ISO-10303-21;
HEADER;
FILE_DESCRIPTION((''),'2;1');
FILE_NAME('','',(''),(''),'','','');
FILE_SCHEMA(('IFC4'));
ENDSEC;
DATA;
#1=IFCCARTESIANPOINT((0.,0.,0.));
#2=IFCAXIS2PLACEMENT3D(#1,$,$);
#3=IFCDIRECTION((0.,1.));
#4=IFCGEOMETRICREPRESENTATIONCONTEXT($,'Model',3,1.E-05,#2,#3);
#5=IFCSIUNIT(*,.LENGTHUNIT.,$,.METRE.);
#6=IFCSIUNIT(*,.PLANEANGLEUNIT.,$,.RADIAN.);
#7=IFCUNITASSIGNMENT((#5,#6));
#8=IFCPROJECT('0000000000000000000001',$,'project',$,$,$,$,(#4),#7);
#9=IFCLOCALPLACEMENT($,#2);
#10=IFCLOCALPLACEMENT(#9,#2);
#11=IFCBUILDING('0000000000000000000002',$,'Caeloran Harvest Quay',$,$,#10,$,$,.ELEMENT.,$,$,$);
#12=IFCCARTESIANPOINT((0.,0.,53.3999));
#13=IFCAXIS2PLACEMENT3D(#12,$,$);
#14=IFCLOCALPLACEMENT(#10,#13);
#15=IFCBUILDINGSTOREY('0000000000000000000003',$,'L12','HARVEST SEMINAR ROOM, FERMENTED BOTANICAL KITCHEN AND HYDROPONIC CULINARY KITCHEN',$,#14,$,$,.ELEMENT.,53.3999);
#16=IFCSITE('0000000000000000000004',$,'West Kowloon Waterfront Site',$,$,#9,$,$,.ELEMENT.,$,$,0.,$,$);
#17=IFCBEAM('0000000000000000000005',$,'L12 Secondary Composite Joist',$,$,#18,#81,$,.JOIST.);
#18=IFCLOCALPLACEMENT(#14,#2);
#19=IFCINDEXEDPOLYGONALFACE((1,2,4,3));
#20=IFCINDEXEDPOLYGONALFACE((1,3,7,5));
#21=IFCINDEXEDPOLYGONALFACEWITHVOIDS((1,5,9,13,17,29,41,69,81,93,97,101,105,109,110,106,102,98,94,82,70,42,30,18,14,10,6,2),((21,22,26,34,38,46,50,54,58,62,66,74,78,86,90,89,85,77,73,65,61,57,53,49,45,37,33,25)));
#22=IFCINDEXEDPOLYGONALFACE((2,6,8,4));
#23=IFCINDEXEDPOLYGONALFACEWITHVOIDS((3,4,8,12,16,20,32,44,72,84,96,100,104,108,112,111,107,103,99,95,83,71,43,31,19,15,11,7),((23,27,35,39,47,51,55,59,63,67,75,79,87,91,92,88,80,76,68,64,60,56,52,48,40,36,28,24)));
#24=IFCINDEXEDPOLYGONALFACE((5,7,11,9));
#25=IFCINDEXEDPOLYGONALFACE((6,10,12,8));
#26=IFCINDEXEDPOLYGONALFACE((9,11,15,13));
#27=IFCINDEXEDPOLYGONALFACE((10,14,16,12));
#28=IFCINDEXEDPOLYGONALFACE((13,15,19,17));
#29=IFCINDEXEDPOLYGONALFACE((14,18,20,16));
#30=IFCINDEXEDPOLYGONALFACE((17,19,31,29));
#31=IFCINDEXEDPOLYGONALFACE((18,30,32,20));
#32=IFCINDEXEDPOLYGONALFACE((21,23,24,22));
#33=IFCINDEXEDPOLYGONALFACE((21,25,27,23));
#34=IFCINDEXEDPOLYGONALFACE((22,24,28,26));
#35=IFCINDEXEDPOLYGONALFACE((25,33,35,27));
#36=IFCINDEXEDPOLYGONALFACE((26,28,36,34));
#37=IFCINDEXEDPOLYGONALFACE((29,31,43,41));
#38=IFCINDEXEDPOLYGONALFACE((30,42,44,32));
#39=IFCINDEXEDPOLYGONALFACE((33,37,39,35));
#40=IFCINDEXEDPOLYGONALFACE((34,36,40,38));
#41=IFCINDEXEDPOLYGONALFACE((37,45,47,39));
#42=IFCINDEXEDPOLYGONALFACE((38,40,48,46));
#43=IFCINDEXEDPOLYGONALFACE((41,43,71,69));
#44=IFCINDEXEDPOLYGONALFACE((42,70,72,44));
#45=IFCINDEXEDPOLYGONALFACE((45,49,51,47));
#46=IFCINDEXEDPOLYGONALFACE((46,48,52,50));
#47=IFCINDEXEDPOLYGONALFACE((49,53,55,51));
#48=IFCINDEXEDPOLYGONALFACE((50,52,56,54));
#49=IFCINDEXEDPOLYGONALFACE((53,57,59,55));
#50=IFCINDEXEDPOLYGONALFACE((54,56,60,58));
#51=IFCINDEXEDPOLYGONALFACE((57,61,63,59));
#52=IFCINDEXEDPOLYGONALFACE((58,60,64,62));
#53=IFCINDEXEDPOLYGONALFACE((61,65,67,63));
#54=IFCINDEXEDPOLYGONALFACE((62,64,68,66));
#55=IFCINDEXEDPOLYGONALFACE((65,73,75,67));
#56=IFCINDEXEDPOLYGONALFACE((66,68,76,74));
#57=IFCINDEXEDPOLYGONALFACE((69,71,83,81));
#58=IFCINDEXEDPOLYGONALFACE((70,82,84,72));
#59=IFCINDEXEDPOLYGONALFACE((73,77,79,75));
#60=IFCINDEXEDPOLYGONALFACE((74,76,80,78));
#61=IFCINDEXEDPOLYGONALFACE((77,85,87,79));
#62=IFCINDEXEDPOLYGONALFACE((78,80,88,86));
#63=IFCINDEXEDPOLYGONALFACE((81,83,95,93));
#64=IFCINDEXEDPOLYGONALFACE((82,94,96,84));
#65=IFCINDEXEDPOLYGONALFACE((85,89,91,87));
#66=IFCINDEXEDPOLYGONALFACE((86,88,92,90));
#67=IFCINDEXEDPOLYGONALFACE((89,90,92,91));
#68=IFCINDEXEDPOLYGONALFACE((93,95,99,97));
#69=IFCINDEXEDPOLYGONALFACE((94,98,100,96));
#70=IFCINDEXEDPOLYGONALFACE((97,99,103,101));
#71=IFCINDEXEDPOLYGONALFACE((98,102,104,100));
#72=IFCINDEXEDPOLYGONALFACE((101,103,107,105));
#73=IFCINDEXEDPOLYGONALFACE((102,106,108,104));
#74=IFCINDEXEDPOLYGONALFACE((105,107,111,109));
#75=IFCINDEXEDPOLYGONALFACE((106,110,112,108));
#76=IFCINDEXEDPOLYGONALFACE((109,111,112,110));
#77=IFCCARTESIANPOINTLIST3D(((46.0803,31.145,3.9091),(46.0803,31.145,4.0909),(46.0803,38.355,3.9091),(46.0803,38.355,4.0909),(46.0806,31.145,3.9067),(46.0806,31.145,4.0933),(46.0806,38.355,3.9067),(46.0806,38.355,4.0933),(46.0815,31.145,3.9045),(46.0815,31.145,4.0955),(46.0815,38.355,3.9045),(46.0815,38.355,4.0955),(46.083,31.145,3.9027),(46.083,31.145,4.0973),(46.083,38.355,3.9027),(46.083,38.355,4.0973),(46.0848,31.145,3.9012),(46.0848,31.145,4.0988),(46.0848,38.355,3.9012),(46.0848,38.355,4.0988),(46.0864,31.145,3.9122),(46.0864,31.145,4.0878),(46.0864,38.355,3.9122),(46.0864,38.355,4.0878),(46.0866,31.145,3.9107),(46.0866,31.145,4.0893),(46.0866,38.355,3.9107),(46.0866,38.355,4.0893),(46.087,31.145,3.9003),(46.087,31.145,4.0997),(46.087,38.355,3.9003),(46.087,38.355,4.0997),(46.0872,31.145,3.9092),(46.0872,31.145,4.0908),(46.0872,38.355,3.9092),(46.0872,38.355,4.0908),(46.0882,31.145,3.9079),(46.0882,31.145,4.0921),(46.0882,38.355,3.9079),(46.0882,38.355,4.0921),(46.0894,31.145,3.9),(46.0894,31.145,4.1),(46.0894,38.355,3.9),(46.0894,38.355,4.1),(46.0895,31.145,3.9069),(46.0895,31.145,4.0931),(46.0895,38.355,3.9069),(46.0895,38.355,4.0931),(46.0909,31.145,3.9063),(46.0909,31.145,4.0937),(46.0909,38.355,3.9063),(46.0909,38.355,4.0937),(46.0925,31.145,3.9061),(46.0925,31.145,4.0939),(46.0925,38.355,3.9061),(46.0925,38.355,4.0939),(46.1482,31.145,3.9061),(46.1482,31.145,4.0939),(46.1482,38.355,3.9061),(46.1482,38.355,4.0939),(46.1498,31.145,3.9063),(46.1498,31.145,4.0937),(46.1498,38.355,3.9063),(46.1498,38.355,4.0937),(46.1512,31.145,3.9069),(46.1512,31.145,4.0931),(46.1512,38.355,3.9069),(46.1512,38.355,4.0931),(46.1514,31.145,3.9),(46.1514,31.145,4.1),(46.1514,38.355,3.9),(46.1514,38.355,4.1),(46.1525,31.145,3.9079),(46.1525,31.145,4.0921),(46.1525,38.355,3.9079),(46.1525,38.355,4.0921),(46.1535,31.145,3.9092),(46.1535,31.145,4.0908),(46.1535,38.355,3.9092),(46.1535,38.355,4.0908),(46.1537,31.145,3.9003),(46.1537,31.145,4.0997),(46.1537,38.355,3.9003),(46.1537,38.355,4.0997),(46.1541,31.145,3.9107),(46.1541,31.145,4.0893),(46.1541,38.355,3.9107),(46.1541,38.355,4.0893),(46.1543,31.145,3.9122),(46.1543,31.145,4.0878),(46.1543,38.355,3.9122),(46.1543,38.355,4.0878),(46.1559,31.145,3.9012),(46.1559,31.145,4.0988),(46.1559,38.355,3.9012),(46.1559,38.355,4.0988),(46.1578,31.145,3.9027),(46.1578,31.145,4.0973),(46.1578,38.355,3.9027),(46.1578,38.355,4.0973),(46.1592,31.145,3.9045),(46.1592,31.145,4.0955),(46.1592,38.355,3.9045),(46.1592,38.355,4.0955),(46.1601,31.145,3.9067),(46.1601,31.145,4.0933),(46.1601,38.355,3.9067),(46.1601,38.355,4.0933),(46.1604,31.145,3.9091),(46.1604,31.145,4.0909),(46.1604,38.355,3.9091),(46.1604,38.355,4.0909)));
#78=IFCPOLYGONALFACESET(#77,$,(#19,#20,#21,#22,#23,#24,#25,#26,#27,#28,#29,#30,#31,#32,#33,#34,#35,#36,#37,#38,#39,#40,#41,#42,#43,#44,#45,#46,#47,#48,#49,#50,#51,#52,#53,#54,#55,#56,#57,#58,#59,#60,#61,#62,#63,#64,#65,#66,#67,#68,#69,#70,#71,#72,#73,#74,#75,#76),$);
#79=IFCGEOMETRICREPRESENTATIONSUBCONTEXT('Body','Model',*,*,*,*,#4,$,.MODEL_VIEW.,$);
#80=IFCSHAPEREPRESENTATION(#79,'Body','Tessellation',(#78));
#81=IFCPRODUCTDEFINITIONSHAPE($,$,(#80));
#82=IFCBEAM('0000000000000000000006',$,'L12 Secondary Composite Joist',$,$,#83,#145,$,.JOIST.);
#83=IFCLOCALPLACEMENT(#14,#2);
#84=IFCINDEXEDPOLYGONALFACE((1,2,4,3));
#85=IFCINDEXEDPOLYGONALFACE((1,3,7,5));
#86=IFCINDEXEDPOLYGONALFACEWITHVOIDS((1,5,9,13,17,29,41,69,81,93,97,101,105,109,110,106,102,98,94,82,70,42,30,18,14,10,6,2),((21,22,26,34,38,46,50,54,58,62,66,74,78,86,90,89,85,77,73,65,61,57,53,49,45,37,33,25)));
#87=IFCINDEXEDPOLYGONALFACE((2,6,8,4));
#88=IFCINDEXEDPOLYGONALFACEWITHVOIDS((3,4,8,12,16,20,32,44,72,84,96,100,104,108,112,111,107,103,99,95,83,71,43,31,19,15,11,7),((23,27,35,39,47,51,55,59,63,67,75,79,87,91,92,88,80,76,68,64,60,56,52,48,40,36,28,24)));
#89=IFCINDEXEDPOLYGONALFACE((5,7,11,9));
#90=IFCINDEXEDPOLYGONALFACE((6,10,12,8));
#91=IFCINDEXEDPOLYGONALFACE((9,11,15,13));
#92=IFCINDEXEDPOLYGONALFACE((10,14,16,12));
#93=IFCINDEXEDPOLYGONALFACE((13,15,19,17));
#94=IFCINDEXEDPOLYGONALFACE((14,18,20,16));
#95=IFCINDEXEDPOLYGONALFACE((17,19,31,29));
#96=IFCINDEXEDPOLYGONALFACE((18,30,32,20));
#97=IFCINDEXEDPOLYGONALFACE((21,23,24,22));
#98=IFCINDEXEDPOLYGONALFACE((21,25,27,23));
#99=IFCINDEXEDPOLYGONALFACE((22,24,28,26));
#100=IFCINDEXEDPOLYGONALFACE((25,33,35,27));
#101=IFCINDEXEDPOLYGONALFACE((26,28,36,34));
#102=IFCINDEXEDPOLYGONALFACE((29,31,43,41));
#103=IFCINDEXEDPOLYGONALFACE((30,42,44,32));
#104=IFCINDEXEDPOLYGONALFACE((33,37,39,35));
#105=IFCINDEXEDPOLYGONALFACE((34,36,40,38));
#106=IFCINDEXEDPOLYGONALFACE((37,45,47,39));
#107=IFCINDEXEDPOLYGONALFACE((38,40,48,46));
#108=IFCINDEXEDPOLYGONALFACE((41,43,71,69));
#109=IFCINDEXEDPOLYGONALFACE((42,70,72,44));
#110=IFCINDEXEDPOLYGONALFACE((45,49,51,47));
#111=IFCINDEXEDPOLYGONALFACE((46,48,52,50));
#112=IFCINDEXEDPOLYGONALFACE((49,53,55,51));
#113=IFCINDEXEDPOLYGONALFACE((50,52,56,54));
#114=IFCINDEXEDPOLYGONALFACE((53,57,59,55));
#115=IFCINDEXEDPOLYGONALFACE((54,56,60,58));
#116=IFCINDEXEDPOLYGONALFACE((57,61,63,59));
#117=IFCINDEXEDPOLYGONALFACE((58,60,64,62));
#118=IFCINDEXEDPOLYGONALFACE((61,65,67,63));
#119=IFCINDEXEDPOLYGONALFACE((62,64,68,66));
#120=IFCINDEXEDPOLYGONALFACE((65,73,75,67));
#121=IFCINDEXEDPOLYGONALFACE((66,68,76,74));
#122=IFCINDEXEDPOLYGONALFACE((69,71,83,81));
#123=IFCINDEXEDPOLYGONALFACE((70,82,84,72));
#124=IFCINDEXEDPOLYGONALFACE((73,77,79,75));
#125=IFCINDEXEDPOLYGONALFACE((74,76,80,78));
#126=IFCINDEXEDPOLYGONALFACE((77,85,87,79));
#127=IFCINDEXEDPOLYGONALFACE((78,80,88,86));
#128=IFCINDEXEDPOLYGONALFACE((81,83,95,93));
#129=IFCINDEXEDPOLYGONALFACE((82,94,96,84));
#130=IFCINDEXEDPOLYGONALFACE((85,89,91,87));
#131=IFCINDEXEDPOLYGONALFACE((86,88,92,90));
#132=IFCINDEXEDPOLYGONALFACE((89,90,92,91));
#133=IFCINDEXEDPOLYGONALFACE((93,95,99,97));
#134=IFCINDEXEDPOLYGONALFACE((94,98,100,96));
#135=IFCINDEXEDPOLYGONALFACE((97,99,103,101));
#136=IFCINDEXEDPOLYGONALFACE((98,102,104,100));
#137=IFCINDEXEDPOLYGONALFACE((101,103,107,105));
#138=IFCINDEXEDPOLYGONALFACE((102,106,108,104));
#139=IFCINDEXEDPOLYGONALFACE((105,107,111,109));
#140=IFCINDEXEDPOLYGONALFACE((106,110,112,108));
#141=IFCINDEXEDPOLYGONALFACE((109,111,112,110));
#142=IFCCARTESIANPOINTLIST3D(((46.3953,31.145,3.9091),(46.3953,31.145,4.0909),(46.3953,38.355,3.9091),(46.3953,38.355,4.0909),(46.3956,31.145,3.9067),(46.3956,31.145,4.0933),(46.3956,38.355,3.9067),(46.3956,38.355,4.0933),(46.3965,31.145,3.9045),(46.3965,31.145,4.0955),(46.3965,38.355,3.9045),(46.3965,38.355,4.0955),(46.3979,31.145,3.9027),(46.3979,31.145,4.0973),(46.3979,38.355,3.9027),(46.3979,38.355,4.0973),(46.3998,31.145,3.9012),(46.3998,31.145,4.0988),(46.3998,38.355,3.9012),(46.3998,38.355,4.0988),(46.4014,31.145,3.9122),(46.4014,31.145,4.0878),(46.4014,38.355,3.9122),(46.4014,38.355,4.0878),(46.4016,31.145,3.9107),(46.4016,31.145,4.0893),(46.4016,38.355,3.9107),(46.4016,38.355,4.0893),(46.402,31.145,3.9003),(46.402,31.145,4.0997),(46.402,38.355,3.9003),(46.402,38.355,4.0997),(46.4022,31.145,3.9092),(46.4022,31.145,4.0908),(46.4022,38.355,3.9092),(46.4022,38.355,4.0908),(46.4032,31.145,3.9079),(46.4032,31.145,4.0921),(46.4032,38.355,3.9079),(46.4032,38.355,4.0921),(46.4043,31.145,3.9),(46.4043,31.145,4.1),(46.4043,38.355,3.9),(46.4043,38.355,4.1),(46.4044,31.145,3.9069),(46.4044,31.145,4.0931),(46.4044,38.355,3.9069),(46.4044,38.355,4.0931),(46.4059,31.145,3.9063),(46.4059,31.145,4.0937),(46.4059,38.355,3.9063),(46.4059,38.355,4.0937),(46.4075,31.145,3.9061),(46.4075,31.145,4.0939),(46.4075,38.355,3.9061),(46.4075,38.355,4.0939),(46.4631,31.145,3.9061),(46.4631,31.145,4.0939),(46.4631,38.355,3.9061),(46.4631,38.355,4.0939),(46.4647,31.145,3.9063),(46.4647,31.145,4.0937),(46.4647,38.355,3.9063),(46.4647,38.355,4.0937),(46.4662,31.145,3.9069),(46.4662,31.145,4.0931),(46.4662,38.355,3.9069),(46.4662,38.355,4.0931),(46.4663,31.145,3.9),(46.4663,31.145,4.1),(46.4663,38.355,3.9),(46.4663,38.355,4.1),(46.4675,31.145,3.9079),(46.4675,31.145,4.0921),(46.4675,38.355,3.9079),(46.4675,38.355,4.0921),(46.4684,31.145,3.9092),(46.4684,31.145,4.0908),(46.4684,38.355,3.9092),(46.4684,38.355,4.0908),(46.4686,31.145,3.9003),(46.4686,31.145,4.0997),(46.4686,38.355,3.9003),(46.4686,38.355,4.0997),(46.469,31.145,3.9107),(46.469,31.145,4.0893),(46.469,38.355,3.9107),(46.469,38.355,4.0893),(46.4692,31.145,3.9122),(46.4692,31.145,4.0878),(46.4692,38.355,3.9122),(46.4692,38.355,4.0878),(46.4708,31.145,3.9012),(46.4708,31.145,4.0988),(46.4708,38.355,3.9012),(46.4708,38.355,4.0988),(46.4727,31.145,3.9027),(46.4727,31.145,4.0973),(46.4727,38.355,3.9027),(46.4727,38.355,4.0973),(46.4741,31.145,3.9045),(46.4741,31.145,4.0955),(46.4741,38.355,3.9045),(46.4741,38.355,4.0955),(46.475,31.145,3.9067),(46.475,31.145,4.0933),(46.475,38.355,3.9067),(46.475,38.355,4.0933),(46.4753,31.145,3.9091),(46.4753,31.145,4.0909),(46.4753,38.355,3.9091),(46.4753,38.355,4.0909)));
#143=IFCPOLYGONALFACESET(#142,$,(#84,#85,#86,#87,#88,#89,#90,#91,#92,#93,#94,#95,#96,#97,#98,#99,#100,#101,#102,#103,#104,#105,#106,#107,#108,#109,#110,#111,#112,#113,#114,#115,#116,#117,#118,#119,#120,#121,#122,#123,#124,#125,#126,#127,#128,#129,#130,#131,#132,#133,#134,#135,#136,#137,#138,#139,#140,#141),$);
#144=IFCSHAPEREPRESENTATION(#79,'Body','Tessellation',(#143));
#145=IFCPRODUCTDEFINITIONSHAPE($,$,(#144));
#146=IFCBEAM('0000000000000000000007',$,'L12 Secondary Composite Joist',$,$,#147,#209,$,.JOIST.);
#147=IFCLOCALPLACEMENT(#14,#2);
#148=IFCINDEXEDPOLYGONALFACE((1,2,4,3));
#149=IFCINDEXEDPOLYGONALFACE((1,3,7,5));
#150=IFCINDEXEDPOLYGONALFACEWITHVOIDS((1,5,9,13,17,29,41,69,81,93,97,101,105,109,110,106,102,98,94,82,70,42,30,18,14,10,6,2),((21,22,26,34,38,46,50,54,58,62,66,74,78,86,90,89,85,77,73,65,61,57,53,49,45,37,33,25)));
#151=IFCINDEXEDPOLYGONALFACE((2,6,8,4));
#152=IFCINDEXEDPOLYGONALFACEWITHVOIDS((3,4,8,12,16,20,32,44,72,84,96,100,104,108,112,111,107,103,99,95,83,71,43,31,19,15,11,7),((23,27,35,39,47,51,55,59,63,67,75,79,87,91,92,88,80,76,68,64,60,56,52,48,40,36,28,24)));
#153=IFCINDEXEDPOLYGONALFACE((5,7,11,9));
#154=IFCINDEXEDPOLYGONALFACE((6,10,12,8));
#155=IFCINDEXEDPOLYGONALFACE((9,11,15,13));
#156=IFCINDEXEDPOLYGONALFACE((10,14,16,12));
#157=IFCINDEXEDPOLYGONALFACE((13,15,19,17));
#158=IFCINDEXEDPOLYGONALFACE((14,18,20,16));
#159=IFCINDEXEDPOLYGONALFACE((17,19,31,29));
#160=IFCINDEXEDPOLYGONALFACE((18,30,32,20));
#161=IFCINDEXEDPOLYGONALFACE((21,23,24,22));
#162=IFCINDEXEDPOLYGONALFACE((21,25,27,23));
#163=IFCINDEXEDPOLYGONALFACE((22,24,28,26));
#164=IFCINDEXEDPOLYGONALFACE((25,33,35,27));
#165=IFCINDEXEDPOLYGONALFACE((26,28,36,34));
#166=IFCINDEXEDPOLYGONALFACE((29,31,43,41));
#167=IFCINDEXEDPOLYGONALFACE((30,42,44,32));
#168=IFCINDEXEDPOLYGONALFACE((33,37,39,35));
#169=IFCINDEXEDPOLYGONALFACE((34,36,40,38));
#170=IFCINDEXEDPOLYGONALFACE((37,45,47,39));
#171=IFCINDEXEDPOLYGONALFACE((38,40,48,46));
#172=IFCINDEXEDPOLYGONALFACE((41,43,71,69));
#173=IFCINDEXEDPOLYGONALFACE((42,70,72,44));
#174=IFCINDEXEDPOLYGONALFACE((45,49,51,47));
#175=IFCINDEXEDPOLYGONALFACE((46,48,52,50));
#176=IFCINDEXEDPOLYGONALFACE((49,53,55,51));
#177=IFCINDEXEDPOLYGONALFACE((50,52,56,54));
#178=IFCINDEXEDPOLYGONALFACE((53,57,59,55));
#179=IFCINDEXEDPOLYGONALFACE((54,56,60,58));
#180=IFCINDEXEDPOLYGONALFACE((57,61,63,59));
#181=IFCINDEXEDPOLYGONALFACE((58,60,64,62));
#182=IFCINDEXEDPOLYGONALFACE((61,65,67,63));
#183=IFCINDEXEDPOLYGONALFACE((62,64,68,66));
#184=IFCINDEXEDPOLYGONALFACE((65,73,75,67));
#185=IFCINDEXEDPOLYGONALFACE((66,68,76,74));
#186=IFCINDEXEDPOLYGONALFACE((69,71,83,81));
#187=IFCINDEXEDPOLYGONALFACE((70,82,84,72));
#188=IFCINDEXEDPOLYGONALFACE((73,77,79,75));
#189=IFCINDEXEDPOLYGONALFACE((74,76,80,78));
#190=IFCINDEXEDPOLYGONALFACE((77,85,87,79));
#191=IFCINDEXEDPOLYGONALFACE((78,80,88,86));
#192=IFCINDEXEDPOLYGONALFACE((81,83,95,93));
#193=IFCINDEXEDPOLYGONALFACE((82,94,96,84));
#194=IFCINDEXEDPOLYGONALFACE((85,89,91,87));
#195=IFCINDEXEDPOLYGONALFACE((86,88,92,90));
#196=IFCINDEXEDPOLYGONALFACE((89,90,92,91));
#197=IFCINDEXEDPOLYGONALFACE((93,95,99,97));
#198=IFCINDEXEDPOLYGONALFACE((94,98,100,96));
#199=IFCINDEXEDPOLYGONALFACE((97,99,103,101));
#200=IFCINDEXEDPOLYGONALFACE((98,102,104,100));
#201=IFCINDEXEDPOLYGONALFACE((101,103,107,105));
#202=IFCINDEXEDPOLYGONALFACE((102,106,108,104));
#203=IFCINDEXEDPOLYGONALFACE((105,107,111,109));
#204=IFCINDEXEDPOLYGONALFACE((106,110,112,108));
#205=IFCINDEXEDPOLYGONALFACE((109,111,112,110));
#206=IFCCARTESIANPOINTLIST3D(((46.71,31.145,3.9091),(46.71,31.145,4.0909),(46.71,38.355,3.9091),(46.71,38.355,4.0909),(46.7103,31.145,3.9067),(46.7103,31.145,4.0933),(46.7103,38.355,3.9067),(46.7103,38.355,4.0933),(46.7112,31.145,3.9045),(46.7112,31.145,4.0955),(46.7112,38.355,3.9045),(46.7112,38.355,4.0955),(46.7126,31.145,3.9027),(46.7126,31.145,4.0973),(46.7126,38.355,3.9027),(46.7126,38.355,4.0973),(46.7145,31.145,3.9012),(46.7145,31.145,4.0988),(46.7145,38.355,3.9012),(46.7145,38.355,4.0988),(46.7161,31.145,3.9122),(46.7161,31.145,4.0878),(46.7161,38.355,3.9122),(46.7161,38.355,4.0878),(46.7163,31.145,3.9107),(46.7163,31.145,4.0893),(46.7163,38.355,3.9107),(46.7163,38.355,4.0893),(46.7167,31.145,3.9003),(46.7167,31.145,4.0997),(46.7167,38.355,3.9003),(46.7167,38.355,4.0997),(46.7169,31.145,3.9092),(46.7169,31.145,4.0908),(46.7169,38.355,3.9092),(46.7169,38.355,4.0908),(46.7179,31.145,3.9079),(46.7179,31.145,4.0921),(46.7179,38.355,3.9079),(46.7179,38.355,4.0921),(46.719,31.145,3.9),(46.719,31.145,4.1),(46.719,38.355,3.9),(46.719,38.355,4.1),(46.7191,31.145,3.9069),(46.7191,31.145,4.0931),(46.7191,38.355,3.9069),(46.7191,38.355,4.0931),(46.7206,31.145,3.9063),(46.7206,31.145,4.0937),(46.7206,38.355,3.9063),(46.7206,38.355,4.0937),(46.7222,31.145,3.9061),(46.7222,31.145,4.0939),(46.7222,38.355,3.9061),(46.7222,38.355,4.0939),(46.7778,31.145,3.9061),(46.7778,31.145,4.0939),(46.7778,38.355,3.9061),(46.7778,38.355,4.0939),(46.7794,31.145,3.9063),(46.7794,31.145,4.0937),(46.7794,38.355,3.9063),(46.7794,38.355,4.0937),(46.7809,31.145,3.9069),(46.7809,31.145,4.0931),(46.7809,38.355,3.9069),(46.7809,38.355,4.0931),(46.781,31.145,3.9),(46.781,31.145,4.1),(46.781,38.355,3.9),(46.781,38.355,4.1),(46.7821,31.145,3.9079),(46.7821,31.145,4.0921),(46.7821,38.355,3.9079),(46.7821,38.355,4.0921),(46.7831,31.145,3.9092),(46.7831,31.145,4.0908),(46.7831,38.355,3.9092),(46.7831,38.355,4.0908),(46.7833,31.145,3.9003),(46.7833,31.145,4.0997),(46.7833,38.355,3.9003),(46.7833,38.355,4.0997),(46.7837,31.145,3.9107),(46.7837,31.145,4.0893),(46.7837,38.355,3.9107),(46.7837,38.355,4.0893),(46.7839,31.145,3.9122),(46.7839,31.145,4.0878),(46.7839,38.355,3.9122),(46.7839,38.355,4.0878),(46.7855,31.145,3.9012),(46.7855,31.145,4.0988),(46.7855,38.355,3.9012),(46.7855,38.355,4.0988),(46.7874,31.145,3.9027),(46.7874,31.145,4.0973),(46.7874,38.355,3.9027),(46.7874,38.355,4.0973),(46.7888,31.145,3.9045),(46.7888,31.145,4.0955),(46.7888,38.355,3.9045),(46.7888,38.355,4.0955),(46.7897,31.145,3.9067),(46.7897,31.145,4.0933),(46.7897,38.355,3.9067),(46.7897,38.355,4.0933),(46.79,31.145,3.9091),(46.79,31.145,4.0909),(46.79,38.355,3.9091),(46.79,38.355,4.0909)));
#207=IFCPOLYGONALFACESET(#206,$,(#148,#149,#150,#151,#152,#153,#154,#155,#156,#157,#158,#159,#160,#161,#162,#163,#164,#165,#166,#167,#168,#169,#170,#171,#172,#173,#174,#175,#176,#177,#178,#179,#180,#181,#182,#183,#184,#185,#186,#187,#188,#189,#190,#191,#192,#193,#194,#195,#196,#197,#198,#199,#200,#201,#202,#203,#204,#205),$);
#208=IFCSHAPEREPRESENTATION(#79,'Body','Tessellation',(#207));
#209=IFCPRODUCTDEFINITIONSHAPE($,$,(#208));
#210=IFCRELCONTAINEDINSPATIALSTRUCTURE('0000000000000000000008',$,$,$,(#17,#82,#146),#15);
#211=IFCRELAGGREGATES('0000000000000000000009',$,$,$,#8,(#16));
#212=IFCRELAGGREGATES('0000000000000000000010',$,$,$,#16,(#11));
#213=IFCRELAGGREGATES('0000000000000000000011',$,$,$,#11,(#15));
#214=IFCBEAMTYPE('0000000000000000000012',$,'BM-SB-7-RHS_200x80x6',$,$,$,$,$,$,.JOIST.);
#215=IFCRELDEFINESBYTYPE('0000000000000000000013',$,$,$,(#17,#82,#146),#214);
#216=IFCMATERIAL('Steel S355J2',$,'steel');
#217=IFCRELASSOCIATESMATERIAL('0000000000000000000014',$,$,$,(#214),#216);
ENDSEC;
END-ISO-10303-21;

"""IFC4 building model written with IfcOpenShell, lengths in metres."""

from ifc_helpers import new_model, si_unit, direction, frame, origin, origin_2d, place, context, subcontext, project, spatial, hollow_rectangle, extrude, material, material_profile, profile_set, type_object, element, save


model = new_model("IFC4")

# Units and contexts
model_context = context("Model", 3, precision=1e-05, world=origin(), true_north=direction((0.0, 1.0)))
body_context = subcontext(model_context, "Body", "Model", "MODEL_VIEW")
ifc_project = project(units=[si_unit("LENGTHUNIT", "METRE"), si_unit("PLANEANGLEUNIT", "RADIAN")], contexts=[model_context])

# Site, building, storey
site_placement = place(None, origin())
site = spatial("IfcSite", under=ifc_project, at=site_placement, Name="West Kowloon Waterfront Site", CompositionType="ELEMENT", RefElevation=0.0)
building_placement = place(site_placement, origin())
building = spatial("IfcBuilding", under=site, at=building_placement, Name="Caeloran Harvest Quay", CompositionType="ELEMENT")
storey_placement = place(building_placement, frame((0.0, 0.0, 53.3999)))
storey = spatial("IfcBuildingStorey", under=building, at=storey_placement, Name="L12", Description="HARVEST SEMINAR ROOM, FERMENTED BOTANICAL KITCHEN AND HYDROPONIC CULINARY KITCHEN", CompositionType="ELEMENT", Elevation=53.3999)

# Beams
ifc_material_1 = material(Name="Steel S355J2", Category="steel")
ifc_material_profile_1 = material_profile(ifc_material_1, hollow_rectangle(XDim=0.0801, YDim=0.2, WallThickness=0.0061, InnerFilletRadius=0.0061, OuterFilletRadius=0.009, at=origin_2d()), Name="RHS 200x80x6")
ifc_profile_set_1 = profile_set([ifc_material_profile_1], Name="Steel S355J2")
beam_type_1 = type_object("IfcBeamType", Name="BM-SB-7-RHS_200x80x6", PredefinedType="JOIST", material=ifc_profile_set_1)
for number, where, z_axis, x_axis, name in (
    (1, (46.1204, 31.145, 4.0), (0.0, 1.0, 0.0), (-1.0, 0.0, 0.0), "L12 Secondary Composite Joist"),
    (2, (46.4353, 31.145, 4.0), (0.0, 1.0, 0.0), (-1.0, 0.0, 0.0), "L12 Secondary Composite Joist"),
    (3, (46.75, 31.145, 4.0), (0.0, 1.0, 0.0), (-1.0, 0.0, 0.0), "L12 Secondary Composite Joist"),
):
    element("IfcBeam", number, at=place(storey_placement, frame(where, z_axis=z_axis, x_axis=x_axis)), inside=storey, type_object=beam_type_1, Name=name, PredefinedType="JOIST", context=body_context, shape_type="SweptSolid", body=[
        extrude(hollow_rectangle(XDim=0.0801, YDim=0.2, WallThickness=0.0061, InnerFilletRadius=0.0061, OuterFilletRadius=0.009, at=origin_2d()), origin(), (0.0, 0.0, 1.0), 7.21),
    ])

save(model, "model.ifc")
